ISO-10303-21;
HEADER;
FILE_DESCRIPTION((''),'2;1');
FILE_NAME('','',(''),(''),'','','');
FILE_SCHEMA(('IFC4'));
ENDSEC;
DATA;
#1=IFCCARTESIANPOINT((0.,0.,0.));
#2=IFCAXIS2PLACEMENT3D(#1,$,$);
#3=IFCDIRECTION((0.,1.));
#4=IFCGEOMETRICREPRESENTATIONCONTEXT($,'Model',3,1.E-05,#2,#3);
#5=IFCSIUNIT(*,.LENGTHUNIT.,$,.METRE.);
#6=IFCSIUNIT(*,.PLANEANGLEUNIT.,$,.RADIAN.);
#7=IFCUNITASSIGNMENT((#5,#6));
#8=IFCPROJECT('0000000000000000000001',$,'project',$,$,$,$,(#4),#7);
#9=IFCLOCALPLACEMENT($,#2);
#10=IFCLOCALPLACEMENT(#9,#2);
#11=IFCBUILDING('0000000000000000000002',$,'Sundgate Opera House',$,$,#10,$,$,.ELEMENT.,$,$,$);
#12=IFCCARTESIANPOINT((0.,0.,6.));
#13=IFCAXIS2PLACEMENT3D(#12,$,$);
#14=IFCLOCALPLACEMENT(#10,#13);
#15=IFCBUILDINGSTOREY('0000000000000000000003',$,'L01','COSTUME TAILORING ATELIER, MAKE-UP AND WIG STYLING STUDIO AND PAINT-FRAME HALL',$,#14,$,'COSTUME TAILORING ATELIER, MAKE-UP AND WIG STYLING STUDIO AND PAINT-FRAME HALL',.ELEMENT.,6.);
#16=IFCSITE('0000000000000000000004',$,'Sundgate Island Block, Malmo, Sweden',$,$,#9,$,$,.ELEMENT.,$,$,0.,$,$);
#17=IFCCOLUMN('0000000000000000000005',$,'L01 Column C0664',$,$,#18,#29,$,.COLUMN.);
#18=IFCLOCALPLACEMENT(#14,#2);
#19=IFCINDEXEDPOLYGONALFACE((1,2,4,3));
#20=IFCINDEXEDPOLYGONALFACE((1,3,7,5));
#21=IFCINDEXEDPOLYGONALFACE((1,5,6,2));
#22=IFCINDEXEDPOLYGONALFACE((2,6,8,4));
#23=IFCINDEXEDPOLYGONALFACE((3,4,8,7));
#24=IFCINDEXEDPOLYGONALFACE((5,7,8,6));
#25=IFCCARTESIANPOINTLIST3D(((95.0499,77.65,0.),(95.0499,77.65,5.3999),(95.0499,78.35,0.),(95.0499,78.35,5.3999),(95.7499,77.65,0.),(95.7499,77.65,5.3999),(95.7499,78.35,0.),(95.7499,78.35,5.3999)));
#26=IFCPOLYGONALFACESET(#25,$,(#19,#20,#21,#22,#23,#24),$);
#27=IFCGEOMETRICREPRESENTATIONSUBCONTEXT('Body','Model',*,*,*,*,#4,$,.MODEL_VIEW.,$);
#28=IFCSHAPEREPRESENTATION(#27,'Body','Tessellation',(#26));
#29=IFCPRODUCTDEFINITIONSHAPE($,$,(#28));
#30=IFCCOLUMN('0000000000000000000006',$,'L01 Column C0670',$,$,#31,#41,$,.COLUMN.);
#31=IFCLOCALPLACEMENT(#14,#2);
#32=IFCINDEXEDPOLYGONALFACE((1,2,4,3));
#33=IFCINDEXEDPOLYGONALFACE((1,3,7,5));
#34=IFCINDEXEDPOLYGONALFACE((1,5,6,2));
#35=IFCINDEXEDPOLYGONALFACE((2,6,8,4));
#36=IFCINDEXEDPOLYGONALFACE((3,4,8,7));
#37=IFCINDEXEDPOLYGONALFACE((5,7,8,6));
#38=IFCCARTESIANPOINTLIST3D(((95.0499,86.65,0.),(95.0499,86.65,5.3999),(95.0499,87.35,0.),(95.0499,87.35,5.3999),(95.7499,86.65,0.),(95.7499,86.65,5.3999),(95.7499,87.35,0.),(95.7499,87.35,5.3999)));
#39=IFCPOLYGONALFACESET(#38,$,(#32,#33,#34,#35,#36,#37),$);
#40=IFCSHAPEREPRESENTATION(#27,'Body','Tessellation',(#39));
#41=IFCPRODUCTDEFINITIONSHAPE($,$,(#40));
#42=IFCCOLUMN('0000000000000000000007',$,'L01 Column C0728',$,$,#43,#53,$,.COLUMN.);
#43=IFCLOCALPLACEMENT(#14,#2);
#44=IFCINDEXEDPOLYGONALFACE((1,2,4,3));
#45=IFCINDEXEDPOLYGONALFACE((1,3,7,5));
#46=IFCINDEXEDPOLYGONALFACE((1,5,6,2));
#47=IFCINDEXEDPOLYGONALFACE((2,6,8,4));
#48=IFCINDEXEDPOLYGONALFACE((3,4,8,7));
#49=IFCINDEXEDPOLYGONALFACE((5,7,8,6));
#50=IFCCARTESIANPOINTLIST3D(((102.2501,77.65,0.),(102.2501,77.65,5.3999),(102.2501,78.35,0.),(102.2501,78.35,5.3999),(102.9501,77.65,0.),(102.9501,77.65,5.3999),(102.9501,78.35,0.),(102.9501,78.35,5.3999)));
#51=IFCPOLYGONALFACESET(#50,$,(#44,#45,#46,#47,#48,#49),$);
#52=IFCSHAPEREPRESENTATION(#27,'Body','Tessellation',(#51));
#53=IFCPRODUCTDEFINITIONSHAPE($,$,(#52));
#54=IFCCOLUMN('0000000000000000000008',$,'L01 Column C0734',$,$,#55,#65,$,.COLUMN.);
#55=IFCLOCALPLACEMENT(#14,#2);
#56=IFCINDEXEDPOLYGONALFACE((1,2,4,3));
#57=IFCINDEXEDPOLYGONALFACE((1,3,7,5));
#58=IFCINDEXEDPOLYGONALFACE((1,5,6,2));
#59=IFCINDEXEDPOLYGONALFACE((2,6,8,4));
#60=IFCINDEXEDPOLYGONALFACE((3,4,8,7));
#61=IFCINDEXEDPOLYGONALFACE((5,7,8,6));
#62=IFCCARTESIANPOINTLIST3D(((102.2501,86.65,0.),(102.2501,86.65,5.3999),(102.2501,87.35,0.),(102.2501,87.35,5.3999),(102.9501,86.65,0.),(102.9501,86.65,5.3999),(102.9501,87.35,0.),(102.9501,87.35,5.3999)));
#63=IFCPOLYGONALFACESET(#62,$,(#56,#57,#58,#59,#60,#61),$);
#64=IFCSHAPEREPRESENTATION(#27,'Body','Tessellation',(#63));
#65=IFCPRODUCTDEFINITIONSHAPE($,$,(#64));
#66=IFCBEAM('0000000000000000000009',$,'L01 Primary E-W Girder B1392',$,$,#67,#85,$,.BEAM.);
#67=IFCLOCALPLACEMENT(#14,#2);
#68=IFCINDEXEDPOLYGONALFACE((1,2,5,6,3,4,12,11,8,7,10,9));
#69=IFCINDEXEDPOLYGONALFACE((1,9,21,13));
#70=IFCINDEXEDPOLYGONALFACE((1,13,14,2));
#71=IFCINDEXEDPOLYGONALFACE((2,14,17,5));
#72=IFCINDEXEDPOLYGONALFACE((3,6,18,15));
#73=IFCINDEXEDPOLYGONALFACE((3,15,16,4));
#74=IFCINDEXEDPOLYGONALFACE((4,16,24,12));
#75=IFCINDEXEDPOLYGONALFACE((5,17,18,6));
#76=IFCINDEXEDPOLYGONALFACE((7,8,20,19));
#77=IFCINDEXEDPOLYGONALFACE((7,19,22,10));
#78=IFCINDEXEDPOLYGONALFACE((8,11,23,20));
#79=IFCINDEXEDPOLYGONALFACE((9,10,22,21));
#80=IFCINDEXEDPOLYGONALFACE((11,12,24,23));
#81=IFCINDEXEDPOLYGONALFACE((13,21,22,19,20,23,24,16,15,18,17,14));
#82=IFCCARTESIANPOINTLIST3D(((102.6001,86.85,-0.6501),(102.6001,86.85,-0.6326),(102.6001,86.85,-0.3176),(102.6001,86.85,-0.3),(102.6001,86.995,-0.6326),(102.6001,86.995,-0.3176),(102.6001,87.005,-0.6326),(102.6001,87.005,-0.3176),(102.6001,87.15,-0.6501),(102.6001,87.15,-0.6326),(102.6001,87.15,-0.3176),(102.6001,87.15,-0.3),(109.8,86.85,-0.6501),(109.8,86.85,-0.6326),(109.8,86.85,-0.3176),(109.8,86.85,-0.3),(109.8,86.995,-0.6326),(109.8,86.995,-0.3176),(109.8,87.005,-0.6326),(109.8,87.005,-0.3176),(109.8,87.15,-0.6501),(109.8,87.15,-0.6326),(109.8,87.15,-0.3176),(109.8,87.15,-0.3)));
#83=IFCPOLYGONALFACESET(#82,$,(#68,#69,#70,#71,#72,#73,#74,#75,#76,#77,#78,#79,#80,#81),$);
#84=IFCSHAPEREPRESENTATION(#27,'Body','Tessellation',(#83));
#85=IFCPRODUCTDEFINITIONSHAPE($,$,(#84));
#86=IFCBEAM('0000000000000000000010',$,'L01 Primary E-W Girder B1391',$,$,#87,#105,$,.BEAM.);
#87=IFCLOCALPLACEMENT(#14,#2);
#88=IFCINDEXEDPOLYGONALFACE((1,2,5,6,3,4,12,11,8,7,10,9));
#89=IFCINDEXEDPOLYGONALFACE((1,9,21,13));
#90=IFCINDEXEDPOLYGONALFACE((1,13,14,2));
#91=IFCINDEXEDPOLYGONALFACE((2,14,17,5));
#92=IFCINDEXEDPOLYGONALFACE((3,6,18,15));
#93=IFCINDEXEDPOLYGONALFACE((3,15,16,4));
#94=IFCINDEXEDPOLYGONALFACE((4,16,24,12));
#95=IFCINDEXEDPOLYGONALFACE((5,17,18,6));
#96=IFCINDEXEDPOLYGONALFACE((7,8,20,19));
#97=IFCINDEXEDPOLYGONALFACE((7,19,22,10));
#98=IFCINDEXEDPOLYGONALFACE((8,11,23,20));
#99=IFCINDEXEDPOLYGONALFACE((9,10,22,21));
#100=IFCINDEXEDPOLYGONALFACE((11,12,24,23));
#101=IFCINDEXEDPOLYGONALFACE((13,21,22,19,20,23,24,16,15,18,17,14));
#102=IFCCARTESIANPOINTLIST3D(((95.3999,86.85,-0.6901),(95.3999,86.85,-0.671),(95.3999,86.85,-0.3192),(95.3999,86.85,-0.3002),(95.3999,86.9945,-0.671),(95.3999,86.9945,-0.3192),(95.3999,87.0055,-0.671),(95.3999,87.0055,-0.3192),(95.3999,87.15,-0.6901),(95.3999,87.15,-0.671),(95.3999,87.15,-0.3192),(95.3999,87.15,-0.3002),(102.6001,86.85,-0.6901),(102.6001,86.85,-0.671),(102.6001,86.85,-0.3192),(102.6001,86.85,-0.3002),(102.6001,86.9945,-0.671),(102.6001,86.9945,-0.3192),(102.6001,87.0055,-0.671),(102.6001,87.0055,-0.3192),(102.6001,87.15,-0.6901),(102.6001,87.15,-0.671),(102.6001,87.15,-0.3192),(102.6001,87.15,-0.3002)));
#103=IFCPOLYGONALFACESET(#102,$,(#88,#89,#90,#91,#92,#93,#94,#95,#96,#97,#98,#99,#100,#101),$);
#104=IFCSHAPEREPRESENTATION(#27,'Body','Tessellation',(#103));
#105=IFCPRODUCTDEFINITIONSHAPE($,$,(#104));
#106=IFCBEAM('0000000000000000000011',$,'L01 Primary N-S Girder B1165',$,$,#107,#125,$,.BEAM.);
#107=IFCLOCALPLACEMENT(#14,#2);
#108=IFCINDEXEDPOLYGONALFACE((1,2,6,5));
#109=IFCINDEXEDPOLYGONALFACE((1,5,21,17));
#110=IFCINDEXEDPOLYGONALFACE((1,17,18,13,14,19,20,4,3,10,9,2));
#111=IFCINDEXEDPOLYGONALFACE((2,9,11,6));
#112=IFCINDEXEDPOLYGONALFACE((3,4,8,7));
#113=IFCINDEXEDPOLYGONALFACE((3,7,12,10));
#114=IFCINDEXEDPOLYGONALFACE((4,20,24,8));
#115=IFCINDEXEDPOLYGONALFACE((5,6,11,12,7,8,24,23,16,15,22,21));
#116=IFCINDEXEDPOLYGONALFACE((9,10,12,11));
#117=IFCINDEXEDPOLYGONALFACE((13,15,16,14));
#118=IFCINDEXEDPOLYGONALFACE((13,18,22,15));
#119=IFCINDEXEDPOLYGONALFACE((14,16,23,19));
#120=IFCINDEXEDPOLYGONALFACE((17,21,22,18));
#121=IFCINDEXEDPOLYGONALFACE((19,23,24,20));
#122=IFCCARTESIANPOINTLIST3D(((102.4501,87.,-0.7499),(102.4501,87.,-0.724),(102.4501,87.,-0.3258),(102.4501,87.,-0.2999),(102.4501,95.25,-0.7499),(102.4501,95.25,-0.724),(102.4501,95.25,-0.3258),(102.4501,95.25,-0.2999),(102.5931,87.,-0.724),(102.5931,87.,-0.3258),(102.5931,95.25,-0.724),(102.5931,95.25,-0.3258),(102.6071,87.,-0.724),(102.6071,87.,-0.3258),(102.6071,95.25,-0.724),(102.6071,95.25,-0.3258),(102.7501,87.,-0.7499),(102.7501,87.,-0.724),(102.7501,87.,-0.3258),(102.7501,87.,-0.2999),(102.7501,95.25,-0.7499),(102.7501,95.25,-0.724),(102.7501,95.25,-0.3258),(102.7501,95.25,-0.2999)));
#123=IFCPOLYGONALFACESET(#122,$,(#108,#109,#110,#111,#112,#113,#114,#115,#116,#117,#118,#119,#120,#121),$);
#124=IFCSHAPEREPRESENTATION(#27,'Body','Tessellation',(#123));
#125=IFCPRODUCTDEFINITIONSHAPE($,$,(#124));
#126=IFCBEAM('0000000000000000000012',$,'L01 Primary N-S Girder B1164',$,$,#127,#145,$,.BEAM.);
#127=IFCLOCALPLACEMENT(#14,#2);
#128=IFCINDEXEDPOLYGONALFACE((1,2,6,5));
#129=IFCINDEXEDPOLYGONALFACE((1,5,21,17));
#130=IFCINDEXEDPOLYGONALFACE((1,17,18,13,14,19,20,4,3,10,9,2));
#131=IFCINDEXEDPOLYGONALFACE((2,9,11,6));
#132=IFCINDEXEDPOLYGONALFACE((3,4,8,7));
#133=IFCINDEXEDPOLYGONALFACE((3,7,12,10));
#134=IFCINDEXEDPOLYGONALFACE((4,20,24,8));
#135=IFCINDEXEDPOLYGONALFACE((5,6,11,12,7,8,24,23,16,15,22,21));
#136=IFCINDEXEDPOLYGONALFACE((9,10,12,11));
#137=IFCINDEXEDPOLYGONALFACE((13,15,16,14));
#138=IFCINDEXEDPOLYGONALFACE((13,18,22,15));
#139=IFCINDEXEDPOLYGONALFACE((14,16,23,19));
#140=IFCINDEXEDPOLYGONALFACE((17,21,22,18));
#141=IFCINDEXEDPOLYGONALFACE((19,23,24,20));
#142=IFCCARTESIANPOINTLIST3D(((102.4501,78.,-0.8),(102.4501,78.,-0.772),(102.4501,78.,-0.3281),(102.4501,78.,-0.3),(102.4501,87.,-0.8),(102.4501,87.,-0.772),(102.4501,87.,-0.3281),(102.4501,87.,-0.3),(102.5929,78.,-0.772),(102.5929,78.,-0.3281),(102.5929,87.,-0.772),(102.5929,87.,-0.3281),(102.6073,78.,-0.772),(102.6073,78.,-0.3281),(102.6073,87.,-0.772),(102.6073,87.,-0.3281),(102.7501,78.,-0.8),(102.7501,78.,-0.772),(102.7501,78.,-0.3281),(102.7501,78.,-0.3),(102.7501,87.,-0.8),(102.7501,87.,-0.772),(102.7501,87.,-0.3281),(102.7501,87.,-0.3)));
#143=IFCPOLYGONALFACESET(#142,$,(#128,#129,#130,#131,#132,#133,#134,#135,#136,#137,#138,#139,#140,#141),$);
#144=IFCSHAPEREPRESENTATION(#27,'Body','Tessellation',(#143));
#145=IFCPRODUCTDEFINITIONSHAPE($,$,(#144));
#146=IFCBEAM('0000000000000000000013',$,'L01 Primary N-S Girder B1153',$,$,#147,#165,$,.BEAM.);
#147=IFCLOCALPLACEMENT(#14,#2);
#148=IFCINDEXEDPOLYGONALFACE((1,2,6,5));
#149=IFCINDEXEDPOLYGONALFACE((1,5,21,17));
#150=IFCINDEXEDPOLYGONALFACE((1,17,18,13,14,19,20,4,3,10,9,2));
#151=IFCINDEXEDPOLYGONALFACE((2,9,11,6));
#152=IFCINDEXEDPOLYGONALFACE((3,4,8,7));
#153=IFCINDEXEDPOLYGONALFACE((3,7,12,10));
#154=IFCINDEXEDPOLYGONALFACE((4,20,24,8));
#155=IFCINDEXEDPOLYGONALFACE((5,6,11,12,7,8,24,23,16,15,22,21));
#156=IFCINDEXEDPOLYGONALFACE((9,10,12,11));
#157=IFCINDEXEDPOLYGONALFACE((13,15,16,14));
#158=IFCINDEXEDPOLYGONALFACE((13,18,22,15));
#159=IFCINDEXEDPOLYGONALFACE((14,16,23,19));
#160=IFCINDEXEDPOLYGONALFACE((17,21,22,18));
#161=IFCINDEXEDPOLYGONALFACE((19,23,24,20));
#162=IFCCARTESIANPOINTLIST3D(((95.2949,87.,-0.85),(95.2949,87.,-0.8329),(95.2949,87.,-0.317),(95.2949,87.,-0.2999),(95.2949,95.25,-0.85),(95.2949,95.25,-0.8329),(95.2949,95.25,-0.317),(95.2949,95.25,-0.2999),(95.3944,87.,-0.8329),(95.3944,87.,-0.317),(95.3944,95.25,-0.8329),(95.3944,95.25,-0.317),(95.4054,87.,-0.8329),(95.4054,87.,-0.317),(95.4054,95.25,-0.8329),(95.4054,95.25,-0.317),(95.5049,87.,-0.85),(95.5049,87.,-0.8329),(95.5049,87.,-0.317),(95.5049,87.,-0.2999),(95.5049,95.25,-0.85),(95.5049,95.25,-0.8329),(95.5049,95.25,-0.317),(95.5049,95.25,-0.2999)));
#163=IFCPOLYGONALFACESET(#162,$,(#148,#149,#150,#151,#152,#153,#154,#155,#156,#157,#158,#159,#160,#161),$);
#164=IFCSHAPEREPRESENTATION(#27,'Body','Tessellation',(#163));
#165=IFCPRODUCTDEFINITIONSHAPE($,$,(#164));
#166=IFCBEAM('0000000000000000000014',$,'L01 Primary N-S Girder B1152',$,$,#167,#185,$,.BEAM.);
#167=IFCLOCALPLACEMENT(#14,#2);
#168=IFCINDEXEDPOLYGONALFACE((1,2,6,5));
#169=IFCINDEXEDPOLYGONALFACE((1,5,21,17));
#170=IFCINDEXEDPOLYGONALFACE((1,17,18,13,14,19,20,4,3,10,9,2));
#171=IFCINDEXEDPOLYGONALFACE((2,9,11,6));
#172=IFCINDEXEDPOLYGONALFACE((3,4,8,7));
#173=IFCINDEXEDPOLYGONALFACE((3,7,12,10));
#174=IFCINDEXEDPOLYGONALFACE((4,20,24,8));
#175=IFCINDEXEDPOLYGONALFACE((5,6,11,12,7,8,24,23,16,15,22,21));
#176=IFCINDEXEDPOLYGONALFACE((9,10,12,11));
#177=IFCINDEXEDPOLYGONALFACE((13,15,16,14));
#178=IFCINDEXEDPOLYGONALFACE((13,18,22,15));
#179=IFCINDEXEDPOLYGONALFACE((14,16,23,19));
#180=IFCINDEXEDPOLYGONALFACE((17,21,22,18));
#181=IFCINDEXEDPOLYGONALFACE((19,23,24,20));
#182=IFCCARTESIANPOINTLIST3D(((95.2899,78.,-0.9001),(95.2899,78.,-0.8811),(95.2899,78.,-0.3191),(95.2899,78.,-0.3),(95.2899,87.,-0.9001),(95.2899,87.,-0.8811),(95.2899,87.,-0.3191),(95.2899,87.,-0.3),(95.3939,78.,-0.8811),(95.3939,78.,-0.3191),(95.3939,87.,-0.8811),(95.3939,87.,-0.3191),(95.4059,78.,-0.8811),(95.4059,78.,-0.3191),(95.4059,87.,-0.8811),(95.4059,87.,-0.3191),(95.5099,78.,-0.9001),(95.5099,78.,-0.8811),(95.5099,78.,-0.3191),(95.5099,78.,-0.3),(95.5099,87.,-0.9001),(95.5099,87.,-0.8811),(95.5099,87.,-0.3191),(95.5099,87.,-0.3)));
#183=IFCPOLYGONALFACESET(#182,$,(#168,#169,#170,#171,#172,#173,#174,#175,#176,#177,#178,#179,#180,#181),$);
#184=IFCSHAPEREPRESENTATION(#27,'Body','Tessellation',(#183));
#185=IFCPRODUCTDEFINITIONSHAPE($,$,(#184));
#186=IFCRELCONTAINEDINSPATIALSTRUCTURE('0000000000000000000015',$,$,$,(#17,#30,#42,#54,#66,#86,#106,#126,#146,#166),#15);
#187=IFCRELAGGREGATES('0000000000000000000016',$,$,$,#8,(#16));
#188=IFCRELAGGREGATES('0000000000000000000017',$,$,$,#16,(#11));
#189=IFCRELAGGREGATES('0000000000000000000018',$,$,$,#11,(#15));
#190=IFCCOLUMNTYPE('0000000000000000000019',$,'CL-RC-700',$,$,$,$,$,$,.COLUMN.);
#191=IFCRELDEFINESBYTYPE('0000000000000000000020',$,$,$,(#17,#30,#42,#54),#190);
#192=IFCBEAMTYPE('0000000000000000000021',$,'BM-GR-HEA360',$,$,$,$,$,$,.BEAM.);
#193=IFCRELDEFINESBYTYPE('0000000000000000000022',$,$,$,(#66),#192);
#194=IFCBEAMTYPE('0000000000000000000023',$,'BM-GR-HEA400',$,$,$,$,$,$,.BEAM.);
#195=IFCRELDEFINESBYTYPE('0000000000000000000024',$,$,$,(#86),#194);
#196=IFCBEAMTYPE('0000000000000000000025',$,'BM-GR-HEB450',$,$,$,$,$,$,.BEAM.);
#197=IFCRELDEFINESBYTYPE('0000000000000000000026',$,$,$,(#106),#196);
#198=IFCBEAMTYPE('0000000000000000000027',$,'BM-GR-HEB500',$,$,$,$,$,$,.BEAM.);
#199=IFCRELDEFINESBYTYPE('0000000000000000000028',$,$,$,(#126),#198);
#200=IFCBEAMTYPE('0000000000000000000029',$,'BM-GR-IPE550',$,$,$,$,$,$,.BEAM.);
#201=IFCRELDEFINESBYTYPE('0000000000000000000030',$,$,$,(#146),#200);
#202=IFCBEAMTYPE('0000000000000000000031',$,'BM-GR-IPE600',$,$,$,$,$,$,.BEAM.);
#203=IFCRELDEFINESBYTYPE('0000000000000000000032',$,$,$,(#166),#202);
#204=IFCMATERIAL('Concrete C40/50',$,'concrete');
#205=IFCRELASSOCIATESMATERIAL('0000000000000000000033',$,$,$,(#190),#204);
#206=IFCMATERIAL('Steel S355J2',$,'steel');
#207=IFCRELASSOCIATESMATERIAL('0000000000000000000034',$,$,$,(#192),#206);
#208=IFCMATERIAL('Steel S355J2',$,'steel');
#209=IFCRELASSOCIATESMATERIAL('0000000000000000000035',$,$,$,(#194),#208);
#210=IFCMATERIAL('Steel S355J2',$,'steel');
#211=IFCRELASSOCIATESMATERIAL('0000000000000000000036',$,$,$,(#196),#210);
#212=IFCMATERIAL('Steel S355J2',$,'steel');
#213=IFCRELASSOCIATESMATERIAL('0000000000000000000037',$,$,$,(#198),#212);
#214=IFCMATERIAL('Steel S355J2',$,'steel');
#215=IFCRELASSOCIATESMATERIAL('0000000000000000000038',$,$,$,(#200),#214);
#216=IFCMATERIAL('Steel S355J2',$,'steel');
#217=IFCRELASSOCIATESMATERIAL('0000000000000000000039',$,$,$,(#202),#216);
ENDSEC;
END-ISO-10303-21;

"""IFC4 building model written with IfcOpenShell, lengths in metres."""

from ifc_helpers import new_model, si_unit, direction, frame, origin, origin_2d, place, context, subcontext, project, spatial, rectangle, i_section, extrude, material, material_profile, profile_set, type_object, element, save


model = new_model("IFC4")

# Units and contexts
model_context = context("Model", 3, precision=1e-05, world=origin(), true_north=direction((0.0, 1.0)))
body_context = subcontext(model_context, "Body", "Model", "MODEL_VIEW")
ifc_project = project(units=[si_unit("LENGTHUNIT", "METRE"), si_unit("PLANEANGLEUNIT", "RADIAN")], contexts=[model_context])

# Site, building, storey
site_placement = place(None, origin())
site = spatial("IfcSite", under=ifc_project, at=site_placement, Name="Sundgate Island Block, Malmo, Sweden", CompositionType="ELEMENT", RefElevation=0.0)
building_placement = place(site_placement, origin())
building = spatial("IfcBuilding", under=site, at=building_placement, Name="Sundgate Opera House", CompositionType="ELEMENT")
storey_placement = place(building_placement, frame((0.0, 0.0, 6.0)))
storey = spatial("IfcBuildingStorey", under=building, at=storey_placement, Name="L01", Description="COSTUME TAILORING ATELIER, MAKE-UP AND WIG STYLING STUDIO AND PAINT-FRAME HALL", LongName="COSTUME TAILORING ATELIER, MAKE-UP AND WIG STYLING STUDIO AND PAINT-FRAME HALL", CompositionType="ELEMENT", Elevation=6.0)

# Columns
ifc_material_1 = material(Name="Concrete C40/50", Category="concrete")
ifc_material_profile_1 = material_profile(ifc_material_1, rectangle(XDim=0.7, YDim=0.7, at=origin_2d()), Name="RC 700x700")
ifc_profile_set_1 = profile_set([ifc_material_profile_1], Name="Concrete C40/50")
column_type = type_object("IfcColumnType", Name="CL-RC-700", PredefinedType="COLUMN", material=ifc_profile_set_1)
for number, where, z_axis, x_axis, name in (
    (1, (95.3999, 78.0, 0.0), (0.0, 0.0, 1.0), (1.0, 0.0, 0.0), "L01 Column C0664"),
    (2, (95.3999, 87.0, 0.0), (0.0, 0.0, 1.0), (1.0, 0.0, 0.0), "L01 Column C0670"),
    (3, (102.6001, 78.0, 0.0), (0.0, 0.0, 1.0), (1.0, 0.0, 0.0), "L01 Column C0728"),
    (4, (102.6001, 87.0, 0.0), (0.0, 0.0, 1.0), (1.0, 0.0, 0.0), "L01 Column C0734"),
):
    element("IfcColumn", number, at=place(storey_placement, frame(where, z_axis=z_axis, x_axis=x_axis)), inside=storey, type_object=column_type, Name=name, PredefinedType="COLUMN", context=body_context, shape_type="SweptSolid", body=[
        extrude(rectangle(XDim=0.7, YDim=0.7, at=origin_2d()), origin(), (0.0, 0.0, 1.0), 5.3999),
    ])

# Beams
ifc_material_2 = material(Name="Steel S355J2", Category="steel")
ifc_material_profile_2 = material_profile(ifc_material_2, i_section(OverallWidth=0.3, OverallDepth=0.3501, WebThickness=0.01, FlangeThickness=0.0176, at=origin_2d()), Name="HEA 360")
ifc_profile_set_2 = profile_set([ifc_material_profile_2], Name="Steel S355J2")
beam_type_1 = type_object("IfcBeamType", Name="BM-GR-HEA360", PredefinedType="BEAM", material=ifc_profile_set_2)
beam_1_placement = place(storey_placement, frame((102.6001, 87.0, -0.4751), z_axis=(1.0, 0.0, 0.0), x_axis=(0.0, 1.0, 0.0)))
element("IfcBeam", 5, at=beam_1_placement, inside=storey, type_object=beam_type_1, Name="L01 Primary E-W Girder B1392", PredefinedType="BEAM", context=body_context, shape_type="SweptSolid", body=[
    extrude(i_section(OverallWidth=0.3, OverallDepth=0.3501, WebThickness=0.01, FlangeThickness=0.0176, at=origin_2d()), origin(), (0.0, 0.0, 1.0), 7.2),
])
ifc_material_3 = material(Name="Steel S355J2", Category="steel")
ifc_material_profile_3 = material_profile(ifc_material_3, i_section(OverallWidth=0.3, OverallDepth=0.3899, WebThickness=0.011, FlangeThickness=0.019, at=origin_2d()), Name="HEA 400")
ifc_profile_set_3 = profile_set([ifc_material_profile_3], Name="Steel S355J2")
beam_type_2 = type_object("IfcBeamType", Name="BM-GR-HEA400", PredefinedType="BEAM", material=ifc_profile_set_3)
beam_2_placement = place(storey_placement, frame((95.3999, 87.0, -0.4951), z_axis=(1.0, 0.0, 0.0), x_axis=(0.0, 1.0, 0.0)))
element("IfcBeam", 6, at=beam_2_placement, inside=storey, type_object=beam_type_2, Name="L01 Primary E-W Girder B1391", PredefinedType="BEAM", context=body_context, shape_type="SweptSolid", body=[
    extrude(i_section(OverallWidth=0.3, OverallDepth=0.3899, WebThickness=0.011, FlangeThickness=0.019, at=origin_2d()), origin(), (0.0, 0.0, 1.0), 7.2002),
])
ifc_material_4 = material(Name="Steel S355J2", Category="steel")
ifc_material_profile_4 = material_profile(ifc_material_4, i_section(OverallWidth=0.3, OverallDepth=0.45, WebThickness=0.0139, FlangeThickness=0.0259, at=origin_2d()), Name="HEB 450")
ifc_profile_set_4 = profile_set([ifc_material_profile_4], Name="Steel S355J2")
beam_type_3 = type_object("IfcBeamType", Name="BM-GR-HEB450", PredefinedType="BEAM", material=ifc_profile_set_4)
beam_3_placement = place(storey_placement, frame((102.6001, 87.0, -0.5249), z_axis=(0.0, 1.0, 0.0), x_axis=(-1.0, 0.0, 0.0)))
element("IfcBeam", 7, at=beam_3_placement, inside=storey, type_object=beam_type_3, Name="L01 Primary N-S Girder B1165", PredefinedType="BEAM", context=body_context, shape_type="SweptSolid", body=[
    extrude(i_section(OverallWidth=0.3, OverallDepth=0.45, WebThickness=0.0139, FlangeThickness=0.0259, at=origin_2d()), origin(), (0.0, 0.0, 1.0), 8.25),
])
ifc_material_5 = material(Name="Steel S355J2", Category="steel")
ifc_material_profile_5 = material_profile(ifc_material_5, i_section(OverallWidth=0.3, OverallDepth=0.5, WebThickness=0.0144, FlangeThickness=0.0281, at=origin_2d()), Name="HEB 500")
ifc_profile_set_5 = profile_set([ifc_material_profile_5], Name="Steel S355J2")
beam_type_4 = type_object("IfcBeamType", Name="BM-GR-HEB500", PredefinedType="BEAM", material=ifc_profile_set_5)
beam_4_placement = place(storey_placement, frame((102.6001, 78.0, -0.55), z_axis=(0.0, 1.0, 0.0), x_axis=(-1.0, 0.0, 0.0)))
element("IfcBeam", 8, at=beam_4_placement, inside=storey, type_object=beam_type_4, Name="L01 Primary N-S Girder B1164", PredefinedType="BEAM", context=body_context, shape_type="SweptSolid", body=[
    extrude(i_section(OverallWidth=0.3, OverallDepth=0.5, WebThickness=0.0144, FlangeThickness=0.0281, at=origin_2d()), origin(), (0.0, 0.0, 1.0), 9.0),
])
ifc_material_6 = material(Name="Steel S355J2", Category="steel")
ifc_material_profile_6 = material_profile(ifc_material_6, i_section(OverallWidth=0.21, OverallDepth=0.55, WebThickness=0.011, FlangeThickness=0.0171, at=origin_2d()), Name="IPE 550")
ifc_profile_set_6 = profile_set([ifc_material_profile_6], Name="Steel S355J2")
beam_type_5 = type_object("IfcBeamType", Name="BM-GR-IPE550", PredefinedType="BEAM", material=ifc_profile_set_6)
beam_5_placement = place(storey_placement, frame((95.3999, 87.0, -0.575), z_axis=(0.0, 1.0, 0.0), x_axis=(-1.0, 0.0, 0.0)))
element("IfcBeam", 9, at=beam_5_placement, inside=storey, type_object=beam_type_5, Name="L01 Primary N-S Girder B1153", PredefinedType="BEAM", context=body_context, shape_type="SweptSolid", body=[
    extrude(i_section(OverallWidth=0.21, OverallDepth=0.55, WebThickness=0.011, FlangeThickness=0.0171, at=origin_2d()), origin(), (0.0, 0.0, 1.0), 8.25),
])
ifc_material_7 = material(Name="Steel S355J2", Category="steel")
ifc_material_profile_7 = material_profile(ifc_material_7, i_section(OverallWidth=0.22, OverallDepth=0.6001, WebThickness=0.012, FlangeThickness=0.019, at=origin_2d()), Name="IPE 600")
ifc_profile_set_7 = profile_set([ifc_material_profile_7], Name="Steel S355J2")
beam_type_6 = type_object("IfcBeamType", Name="BM-GR-IPE600", PredefinedType="BEAM", material=ifc_profile_set_7)
beam_6_placement = place(storey_placement, frame((95.3999, 78.0, -0.6001), z_axis=(0.0, 1.0, 0.0), x_axis=(-1.0, 0.0, 0.0)))
element("IfcBeam", 10, at=beam_6_placement, inside=storey, type_object=beam_type_6, Name="L01 Primary N-S Girder B1152", PredefinedType="BEAM", context=body_context, shape_type="SweptSolid", body=[
    extrude(i_section(OverallWidth=0.22, OverallDepth=0.6001, WebThickness=0.012, FlangeThickness=0.019, at=origin_2d()), origin(), (0.0, 0.0, 1.0), 9.0),
])

save(model, "model.ifc")
